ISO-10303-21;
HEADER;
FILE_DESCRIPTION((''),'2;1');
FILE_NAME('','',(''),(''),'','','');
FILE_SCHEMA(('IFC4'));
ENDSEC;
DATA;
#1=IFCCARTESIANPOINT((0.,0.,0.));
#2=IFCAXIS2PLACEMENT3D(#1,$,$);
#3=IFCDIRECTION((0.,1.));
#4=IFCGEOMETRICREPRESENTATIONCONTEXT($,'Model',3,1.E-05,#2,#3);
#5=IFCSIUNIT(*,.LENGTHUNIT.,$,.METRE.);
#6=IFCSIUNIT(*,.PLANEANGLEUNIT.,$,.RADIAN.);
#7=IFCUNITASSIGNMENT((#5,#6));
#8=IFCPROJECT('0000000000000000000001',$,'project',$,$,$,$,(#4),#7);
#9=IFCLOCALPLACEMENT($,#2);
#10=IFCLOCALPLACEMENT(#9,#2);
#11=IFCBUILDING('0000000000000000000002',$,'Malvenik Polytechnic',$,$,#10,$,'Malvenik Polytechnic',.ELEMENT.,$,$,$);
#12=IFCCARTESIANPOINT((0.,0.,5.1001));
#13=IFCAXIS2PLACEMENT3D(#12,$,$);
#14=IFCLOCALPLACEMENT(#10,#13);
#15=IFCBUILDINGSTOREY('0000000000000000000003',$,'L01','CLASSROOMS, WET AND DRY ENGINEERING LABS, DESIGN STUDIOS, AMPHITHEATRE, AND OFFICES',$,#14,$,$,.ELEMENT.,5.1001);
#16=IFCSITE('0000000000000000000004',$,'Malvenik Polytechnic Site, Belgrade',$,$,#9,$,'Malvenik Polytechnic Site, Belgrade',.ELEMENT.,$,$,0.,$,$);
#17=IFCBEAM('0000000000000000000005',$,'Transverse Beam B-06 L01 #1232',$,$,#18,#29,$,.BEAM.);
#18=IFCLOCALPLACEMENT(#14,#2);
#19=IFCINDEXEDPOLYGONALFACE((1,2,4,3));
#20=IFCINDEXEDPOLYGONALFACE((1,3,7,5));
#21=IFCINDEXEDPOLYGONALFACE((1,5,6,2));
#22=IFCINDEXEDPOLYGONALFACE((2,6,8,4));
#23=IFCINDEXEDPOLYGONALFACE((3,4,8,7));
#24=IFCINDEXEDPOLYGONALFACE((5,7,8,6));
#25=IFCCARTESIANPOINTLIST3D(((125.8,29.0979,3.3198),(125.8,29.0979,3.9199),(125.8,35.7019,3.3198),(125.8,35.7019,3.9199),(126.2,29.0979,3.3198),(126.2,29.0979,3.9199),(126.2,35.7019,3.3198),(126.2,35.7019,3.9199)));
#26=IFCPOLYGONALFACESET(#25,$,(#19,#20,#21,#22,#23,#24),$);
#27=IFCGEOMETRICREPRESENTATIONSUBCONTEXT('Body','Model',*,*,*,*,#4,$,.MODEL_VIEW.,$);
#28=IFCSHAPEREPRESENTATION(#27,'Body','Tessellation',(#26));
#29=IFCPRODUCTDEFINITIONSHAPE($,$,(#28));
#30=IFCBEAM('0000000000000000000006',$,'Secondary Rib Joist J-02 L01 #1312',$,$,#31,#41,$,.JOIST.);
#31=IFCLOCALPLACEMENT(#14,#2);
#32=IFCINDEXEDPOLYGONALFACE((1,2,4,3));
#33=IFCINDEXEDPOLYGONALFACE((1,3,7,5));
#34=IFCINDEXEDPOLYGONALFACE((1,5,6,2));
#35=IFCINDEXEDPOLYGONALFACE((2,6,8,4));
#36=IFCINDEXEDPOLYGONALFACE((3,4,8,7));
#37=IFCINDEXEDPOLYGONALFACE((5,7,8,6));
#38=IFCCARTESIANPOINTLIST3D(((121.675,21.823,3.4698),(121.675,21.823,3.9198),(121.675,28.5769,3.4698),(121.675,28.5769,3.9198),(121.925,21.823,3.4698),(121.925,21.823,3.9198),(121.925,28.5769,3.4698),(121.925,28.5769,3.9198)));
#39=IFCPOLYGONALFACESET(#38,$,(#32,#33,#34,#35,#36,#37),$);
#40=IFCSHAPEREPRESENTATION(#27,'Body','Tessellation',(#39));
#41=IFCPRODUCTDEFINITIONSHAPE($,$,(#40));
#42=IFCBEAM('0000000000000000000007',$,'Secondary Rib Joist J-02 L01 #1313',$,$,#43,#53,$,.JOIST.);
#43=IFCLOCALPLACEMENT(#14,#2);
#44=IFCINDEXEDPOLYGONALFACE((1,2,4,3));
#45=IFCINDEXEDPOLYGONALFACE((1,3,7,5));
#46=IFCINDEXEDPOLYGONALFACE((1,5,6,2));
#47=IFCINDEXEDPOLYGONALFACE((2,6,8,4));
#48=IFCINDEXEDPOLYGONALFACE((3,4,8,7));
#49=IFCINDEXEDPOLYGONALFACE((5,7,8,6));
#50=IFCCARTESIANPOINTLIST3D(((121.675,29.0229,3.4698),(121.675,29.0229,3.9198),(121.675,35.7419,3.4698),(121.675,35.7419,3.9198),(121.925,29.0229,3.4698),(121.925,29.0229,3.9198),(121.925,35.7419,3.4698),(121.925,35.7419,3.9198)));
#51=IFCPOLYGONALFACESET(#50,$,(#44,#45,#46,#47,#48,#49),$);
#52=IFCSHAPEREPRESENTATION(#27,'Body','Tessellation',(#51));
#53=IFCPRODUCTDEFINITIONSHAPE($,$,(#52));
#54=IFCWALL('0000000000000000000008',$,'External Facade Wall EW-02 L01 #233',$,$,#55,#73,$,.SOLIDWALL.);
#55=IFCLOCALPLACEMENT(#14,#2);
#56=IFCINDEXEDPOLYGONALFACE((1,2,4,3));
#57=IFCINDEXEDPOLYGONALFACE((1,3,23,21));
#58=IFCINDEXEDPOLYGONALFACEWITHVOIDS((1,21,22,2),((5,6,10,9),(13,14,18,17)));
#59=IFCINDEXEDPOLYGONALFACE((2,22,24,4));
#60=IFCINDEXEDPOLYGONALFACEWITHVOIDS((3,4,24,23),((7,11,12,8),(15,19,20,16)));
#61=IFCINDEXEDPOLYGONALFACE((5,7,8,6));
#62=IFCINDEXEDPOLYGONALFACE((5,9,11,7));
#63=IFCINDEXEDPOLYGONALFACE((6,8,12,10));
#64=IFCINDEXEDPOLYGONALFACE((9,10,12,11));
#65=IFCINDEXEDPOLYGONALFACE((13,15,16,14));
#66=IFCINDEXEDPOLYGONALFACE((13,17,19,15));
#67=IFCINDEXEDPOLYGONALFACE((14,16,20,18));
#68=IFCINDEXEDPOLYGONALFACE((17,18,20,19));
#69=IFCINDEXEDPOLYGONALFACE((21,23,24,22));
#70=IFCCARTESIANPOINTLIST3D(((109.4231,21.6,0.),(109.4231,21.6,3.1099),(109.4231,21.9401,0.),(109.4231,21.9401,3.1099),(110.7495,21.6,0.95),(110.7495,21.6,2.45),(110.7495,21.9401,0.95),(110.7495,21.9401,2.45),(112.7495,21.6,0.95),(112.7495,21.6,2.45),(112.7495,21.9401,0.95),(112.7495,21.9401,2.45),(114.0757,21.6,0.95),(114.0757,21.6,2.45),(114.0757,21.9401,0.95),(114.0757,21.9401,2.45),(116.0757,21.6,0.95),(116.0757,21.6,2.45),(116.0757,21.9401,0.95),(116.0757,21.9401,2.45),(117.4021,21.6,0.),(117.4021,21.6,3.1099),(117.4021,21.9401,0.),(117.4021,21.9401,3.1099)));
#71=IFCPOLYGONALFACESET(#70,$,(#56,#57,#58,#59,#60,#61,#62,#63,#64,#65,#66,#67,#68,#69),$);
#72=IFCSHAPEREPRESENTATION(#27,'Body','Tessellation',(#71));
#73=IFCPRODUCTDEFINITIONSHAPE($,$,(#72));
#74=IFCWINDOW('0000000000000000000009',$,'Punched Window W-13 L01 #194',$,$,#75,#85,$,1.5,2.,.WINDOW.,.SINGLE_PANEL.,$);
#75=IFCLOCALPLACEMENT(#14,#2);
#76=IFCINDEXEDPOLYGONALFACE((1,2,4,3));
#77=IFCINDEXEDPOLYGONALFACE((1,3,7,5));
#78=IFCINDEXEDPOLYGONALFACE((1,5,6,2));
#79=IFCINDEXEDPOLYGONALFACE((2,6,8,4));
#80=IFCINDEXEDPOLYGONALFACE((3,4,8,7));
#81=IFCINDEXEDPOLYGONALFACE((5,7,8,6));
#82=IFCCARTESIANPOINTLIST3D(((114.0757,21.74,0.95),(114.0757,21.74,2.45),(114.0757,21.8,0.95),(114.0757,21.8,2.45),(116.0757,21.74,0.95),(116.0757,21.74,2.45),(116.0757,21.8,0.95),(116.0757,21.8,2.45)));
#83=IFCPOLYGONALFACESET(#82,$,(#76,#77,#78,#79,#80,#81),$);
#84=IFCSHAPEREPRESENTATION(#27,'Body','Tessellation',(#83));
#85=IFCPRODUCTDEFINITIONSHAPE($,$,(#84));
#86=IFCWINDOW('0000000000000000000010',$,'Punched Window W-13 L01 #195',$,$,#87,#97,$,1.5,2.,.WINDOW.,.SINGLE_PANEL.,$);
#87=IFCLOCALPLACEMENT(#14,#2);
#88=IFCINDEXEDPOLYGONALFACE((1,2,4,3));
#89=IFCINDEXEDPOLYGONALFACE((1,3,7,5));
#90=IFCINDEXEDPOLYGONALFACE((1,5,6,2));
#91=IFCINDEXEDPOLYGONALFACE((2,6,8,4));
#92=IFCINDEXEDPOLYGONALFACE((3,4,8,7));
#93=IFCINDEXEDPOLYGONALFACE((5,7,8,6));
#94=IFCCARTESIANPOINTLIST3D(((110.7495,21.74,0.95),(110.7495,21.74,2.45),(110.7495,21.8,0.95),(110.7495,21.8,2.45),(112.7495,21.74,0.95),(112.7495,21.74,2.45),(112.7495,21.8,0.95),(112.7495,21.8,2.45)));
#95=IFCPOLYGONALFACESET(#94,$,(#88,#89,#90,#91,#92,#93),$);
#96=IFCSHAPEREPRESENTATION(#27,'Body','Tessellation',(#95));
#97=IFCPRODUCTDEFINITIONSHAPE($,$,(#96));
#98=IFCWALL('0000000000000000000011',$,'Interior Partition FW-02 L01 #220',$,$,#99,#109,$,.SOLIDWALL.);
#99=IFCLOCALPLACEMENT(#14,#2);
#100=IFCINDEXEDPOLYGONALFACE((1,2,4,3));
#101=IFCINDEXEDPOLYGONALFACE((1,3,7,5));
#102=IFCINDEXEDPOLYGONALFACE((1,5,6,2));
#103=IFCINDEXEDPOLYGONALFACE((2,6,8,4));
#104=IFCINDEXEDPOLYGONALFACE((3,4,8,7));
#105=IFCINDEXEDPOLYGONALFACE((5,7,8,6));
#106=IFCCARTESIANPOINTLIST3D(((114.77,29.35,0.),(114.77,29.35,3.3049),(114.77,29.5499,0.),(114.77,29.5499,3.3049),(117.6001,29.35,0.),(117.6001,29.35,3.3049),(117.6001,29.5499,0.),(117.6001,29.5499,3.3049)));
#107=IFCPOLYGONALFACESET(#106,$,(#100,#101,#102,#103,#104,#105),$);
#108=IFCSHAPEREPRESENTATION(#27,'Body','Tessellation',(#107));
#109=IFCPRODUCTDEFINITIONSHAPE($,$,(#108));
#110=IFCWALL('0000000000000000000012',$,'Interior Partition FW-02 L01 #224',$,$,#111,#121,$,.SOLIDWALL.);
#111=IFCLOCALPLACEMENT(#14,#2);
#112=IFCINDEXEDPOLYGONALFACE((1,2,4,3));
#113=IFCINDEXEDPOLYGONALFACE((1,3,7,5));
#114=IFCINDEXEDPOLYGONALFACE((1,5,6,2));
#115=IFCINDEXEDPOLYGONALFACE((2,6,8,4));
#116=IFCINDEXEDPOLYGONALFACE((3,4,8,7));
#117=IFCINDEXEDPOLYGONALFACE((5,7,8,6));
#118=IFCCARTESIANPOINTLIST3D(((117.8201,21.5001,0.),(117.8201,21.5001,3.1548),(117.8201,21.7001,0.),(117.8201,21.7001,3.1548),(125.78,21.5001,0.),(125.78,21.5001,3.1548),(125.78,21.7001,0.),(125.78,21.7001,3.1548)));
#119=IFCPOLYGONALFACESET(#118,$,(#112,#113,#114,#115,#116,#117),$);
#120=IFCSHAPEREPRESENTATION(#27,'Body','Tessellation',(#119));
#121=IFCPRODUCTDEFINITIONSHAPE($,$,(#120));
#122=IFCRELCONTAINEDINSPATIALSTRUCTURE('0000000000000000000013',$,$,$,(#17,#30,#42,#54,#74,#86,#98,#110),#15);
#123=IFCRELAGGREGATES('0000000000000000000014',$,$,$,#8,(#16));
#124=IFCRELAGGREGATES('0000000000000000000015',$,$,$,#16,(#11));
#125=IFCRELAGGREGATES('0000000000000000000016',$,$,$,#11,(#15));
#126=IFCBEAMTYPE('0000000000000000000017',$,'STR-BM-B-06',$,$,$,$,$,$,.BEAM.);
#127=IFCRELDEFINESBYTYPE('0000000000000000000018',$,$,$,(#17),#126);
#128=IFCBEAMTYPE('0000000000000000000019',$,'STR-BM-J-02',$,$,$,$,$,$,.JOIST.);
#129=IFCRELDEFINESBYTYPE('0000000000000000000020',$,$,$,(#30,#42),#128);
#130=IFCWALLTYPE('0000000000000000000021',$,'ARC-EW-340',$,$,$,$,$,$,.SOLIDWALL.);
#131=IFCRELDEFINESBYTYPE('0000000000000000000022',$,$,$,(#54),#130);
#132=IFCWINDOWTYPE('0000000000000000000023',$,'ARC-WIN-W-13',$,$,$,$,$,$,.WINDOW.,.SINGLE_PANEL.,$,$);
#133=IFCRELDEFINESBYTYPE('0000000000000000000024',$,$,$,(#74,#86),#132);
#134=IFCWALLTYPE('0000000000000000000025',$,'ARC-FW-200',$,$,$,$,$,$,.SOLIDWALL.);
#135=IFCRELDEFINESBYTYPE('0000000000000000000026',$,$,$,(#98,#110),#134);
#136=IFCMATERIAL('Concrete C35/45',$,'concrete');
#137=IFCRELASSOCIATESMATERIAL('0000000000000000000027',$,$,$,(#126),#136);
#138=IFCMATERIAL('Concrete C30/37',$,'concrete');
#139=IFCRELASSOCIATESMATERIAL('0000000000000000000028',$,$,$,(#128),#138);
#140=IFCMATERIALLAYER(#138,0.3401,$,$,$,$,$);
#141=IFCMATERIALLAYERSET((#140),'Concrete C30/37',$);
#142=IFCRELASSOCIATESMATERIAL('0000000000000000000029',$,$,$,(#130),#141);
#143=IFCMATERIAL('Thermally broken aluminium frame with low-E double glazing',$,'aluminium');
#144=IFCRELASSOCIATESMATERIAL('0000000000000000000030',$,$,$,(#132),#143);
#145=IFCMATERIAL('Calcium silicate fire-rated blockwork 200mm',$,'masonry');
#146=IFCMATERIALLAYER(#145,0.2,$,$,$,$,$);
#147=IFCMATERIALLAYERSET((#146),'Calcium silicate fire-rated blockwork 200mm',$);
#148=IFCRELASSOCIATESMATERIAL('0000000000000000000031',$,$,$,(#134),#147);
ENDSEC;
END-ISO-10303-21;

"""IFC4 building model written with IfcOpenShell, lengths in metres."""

from ifc_helpers import new_model, si_unit, direction, frame, frame_2d, origin, origin_2d, place, context, subcontext, project, spatial, rectangle, extrude, material, layer, layer_set, material_profile, profile_set, type_object, element, fill, save


model = new_model("IFC4")

# Units and contexts
model_context = context("Model", 3, precision=1e-05, world=origin(), true_north=direction((0.0, 1.0)))
body_context = subcontext(model_context, "Body", "Model", "MODEL_VIEW")
ifc_project = project(units=[si_unit("LENGTHUNIT", "METRE"), si_unit("PLANEANGLEUNIT", "RADIAN")], contexts=[model_context])

# Site, building, storey
site_placement = place(None, origin())
site = spatial("IfcSite", under=ifc_project, at=site_placement, Name="Malvenik Polytechnic Site, Belgrade", LongName="Malvenik Polytechnic Site, Belgrade", CompositionType="ELEMENT", RefElevation=0.0)
building_placement = place(site_placement, origin())
building = spatial("IfcBuilding", under=site, at=building_placement, Name="Malvenik Polytechnic", LongName="Malvenik Polytechnic", CompositionType="ELEMENT")
storey_placement = place(building_placement, frame((0.0, 0.0, 5.1001)))
storey = spatial("IfcBuildingStorey", under=building, at=storey_placement, Name="L01", Description="CLASSROOMS, WET AND DRY ENGINEERING LABS, DESIGN STUDIOS, AMPHITHEATRE, AND OFFICES", CompositionType="ELEMENT", Elevation=5.1001)

# Shared definitions
ifc_material_1 = material(Name="Concrete C30/37", Category="concrete")
ifc_material_2 = material(Name="Concrete C35/45", Category="concrete")

# Beams
ifc_material_profile_1 = material_profile(ifc_material_2, rectangle(XDim=0.3999, YDim=0.6001, at=origin_2d()), Name="RC BM 400x600")
ifc_profile_set_1 = profile_set([ifc_material_profile_1], Name="Concrete C35/45")
beam_type_1 = type_object("IfcBeamType", Name="STR-BM-B-06", PredefinedType="BEAM", material=ifc_profile_set_1)
for number, where, z_axis, x_axis, name in (
    (1, (126.0, 29.0979, 3.6199), (0.0, 1.0, 0.0), (-1.0, 0.0, 0.0), "Transverse Beam B-06 L01 #1232"),
):
    element("IfcBeam", number, at=place(storey_placement, frame(where, z_axis=z_axis, x_axis=x_axis)), inside=storey, type_object=beam_type_1, Name=name, PredefinedType="BEAM", context=body_context, shape_type="SweptSolid", body=[
        extrude(rectangle(XDim=0.3999, YDim=0.6001, at=origin_2d()), origin(), (0.0, 0.0, 1.0), 6.604),
    ])
ifc_material_profile_2 = material_profile(ifc_material_1, rectangle(XDim=0.25, YDim=0.45, at=origin_2d()), Name="RC JST 250x450")
ifc_profile_set_2 = profile_set([ifc_material_profile_2], Name="Concrete C30/37")
beam_type_2 = type_object("IfcBeamType", Name="STR-BM-J-02", PredefinedType="JOIST", material=ifc_profile_set_2)
beam_1_placement = place(storey_placement, frame((121.8, 21.823, 3.6948), z_axis=(0.0, 1.0, 0.0), x_axis=(-1.0, 0.0, 0.0)))
element("IfcBeam", 2, at=beam_1_placement, inside=storey, type_object=beam_type_2, Name="Secondary Rib Joist J-02 L01 #1312", PredefinedType="JOIST", context=body_context, shape_type="SweptSolid", body=[
    extrude(rectangle(XDim=0.25, YDim=0.45, at=origin_2d()), origin(), (0.0, 0.0, 1.0), 6.7539),
])
beam_2_placement = place(storey_placement, frame((121.8, 29.0229, 3.6948), z_axis=(0.0, 1.0, 0.0), x_axis=(-1.0, 0.0, 0.0)))
element("IfcBeam", 3, at=beam_2_placement, inside=storey, type_object=beam_type_2, Name="Secondary Rib Joist J-02 L01 #1313", PredefinedType="JOIST", context=body_context, shape_type="SweptSolid", body=[
    extrude(rectangle(XDim=0.25, YDim=0.45, at=origin_2d()), origin(), (0.0, 0.0, 1.0), 6.719),
])

# Wall, openings, windows
ifc_layer_1 = layer(ifc_material_1, 0.3401)
ifc_layer_set_1 = layer_set([ifc_layer_1], Name="Concrete C30/37")
wall_type_1 = type_object("IfcWallType", Name="ARC-EW-340", PredefinedType="SOLIDWALL", material=ifc_layer_set_1)
wall_1_placement = place(storey_placement, frame((117.4021, 21.77, 0.0), z_axis=(0.0, 0.0, 1.0), x_axis=(-1.0, 0.0, 0.0)))
wall_1 = element("IfcWall", 4, at=wall_1_placement, inside=storey, type_object=wall_type_1, Name="External Facade Wall EW-02 L01 #233", PredefinedType="SOLIDWALL", context=body_context, shape_type="SweptSolid", body=[
    extrude(rectangle(XDim=7.979, YDim=0.3401, at=frame_2d((3.9895, 0.0))), origin(), (0.0, 0.0, 1.0), 3.1099),
])
opening_1_placement = place(wall_1_placement, frame((1.3264, 0.0, 0.95)))
opening_1 = element("IfcOpeningElement", 5, at=opening_1_placement, cuts=wall_1, PredefinedType="OPENING", context=body_context, shape_type="SweptSolid", body=[
    extrude(rectangle(XDim=2.0, YDim=1.5, at=frame_2d((1.0, 0.75))), frame((0.0, 0.1802, 0.0), z_axis=(0.0, -1.0, 0.0), x_axis=(1.0, 0.0, 0.0)), (0.0, 0.0, 1.0), 0.3601),
])
opening_2_placement = place(wall_1_placement, frame((4.6526, 0.0, 0.95)))
opening_2 = element("IfcOpeningElement", 6, at=opening_2_placement, cuts=wall_1, PredefinedType="OPENING", context=body_context, shape_type="SweptSolid", body=[
    extrude(rectangle(XDim=2.0, YDim=1.5, at=frame_2d((1.0, 0.75))), frame((0.0, 0.1802, 0.0), z_axis=(0.0, -1.0, 0.0), x_axis=(1.0, 0.0, 0.0)), (0.0, 0.0, 1.0), 0.3601),
])
ifc_material_3 = material(Name="Thermally broken aluminium frame with low-E double glazing", Category="aluminium")
window_type = type_object("IfcWindowType", Name="ARC-WIN-W-13", PartitioningType="SINGLE_PANEL", PredefinedType="WINDOW", material=ifc_material_3)
window_1_placement = place(opening_1_placement, origin())
window_1 = element("IfcWindow", 7, at=window_1_placement, inside=storey, type_object=window_type, Name="Punched Window W-13 L01 #194", OverallHeight=1.5, OverallWidth=2.0, PartitioningType="SINGLE_PANEL", PredefinedType="WINDOW", context=body_context, shape_type="SweptSolid", body=[
    extrude(rectangle(XDim=2.0, YDim=1.5, at=frame_2d((1.0, 0.75))), frame((0.0, 0.03, 0.0), z_axis=(0.0, -1.0, 0.0), x_axis=(1.0, 0.0, 0.0)), (0.0, 0.0, 1.0), 0.0601),
])
fill(opening_1, window_1)
window_2_placement = place(opening_2_placement, origin())
window_2 = element("IfcWindow", 8, at=window_2_placement, inside=storey, type_object=window_type, Name="Punched Window W-13 L01 #195", OverallHeight=1.5, OverallWidth=2.0, PartitioningType="SINGLE_PANEL", PredefinedType="WINDOW", context=body_context, shape_type="SweptSolid", body=[
    extrude(rectangle(XDim=2.0, YDim=1.5, at=frame_2d((1.0, 0.75))), frame((0.0, 0.03, 0.0), z_axis=(0.0, -1.0, 0.0), x_axis=(1.0, 0.0, 0.0)), (0.0, 0.0, 1.0), 0.0601),
])
fill(opening_2, window_2)

# Walls
ifc_material_4 = material(Name="Calcium silicate fire-rated blockwork 200mm", Category="masonry")
ifc_layer_2 = layer(ifc_material_4, 0.2)
ifc_layer_set_2 = layer_set([ifc_layer_2], Name="Calcium silicate fire-rated blockwork 200mm")
wall_type_2 = type_object("IfcWallType", Name="ARC-FW-200", PredefinedType="SOLIDWALL", material=ifc_layer_set_2)
wall_2_placement = place(storey_placement, frame((117.6001, 29.45, 0.0), z_axis=(0.0, 0.0, 1.0), x_axis=(-1.0, 0.0, 0.0)))
element("IfcWall", 9, at=wall_2_placement, inside=storey, type_object=wall_type_2, Name="Interior Partition FW-02 L01 #220", PredefinedType="SOLIDWALL", context=body_context, shape_type="SweptSolid", body=[
    extrude(rectangle(XDim=2.8301, YDim=0.2, at=frame_2d((1.415, 0.0))), origin(), (0.0, 0.0, 1.0), 3.3049),
])
wall_3_placement = place(storey_placement, frame((125.78, 21.6001, 0.0), z_axis=(0.0, 0.0, 1.0), x_axis=(-1.0, 0.0, 0.0)))
element("IfcWall", 10, at=wall_3_placement, inside=storey, type_object=wall_type_2, Name="Interior Partition FW-02 L01 #224", PredefinedType="SOLIDWALL", context=body_context, shape_type="SweptSolid", body=[
    extrude(rectangle(XDim=7.96, YDim=0.2, at=frame_2d((3.98, 0.0))), origin(), (0.0, 0.0, 1.0), 3.1548),
])

save(model, "model.ifc")
